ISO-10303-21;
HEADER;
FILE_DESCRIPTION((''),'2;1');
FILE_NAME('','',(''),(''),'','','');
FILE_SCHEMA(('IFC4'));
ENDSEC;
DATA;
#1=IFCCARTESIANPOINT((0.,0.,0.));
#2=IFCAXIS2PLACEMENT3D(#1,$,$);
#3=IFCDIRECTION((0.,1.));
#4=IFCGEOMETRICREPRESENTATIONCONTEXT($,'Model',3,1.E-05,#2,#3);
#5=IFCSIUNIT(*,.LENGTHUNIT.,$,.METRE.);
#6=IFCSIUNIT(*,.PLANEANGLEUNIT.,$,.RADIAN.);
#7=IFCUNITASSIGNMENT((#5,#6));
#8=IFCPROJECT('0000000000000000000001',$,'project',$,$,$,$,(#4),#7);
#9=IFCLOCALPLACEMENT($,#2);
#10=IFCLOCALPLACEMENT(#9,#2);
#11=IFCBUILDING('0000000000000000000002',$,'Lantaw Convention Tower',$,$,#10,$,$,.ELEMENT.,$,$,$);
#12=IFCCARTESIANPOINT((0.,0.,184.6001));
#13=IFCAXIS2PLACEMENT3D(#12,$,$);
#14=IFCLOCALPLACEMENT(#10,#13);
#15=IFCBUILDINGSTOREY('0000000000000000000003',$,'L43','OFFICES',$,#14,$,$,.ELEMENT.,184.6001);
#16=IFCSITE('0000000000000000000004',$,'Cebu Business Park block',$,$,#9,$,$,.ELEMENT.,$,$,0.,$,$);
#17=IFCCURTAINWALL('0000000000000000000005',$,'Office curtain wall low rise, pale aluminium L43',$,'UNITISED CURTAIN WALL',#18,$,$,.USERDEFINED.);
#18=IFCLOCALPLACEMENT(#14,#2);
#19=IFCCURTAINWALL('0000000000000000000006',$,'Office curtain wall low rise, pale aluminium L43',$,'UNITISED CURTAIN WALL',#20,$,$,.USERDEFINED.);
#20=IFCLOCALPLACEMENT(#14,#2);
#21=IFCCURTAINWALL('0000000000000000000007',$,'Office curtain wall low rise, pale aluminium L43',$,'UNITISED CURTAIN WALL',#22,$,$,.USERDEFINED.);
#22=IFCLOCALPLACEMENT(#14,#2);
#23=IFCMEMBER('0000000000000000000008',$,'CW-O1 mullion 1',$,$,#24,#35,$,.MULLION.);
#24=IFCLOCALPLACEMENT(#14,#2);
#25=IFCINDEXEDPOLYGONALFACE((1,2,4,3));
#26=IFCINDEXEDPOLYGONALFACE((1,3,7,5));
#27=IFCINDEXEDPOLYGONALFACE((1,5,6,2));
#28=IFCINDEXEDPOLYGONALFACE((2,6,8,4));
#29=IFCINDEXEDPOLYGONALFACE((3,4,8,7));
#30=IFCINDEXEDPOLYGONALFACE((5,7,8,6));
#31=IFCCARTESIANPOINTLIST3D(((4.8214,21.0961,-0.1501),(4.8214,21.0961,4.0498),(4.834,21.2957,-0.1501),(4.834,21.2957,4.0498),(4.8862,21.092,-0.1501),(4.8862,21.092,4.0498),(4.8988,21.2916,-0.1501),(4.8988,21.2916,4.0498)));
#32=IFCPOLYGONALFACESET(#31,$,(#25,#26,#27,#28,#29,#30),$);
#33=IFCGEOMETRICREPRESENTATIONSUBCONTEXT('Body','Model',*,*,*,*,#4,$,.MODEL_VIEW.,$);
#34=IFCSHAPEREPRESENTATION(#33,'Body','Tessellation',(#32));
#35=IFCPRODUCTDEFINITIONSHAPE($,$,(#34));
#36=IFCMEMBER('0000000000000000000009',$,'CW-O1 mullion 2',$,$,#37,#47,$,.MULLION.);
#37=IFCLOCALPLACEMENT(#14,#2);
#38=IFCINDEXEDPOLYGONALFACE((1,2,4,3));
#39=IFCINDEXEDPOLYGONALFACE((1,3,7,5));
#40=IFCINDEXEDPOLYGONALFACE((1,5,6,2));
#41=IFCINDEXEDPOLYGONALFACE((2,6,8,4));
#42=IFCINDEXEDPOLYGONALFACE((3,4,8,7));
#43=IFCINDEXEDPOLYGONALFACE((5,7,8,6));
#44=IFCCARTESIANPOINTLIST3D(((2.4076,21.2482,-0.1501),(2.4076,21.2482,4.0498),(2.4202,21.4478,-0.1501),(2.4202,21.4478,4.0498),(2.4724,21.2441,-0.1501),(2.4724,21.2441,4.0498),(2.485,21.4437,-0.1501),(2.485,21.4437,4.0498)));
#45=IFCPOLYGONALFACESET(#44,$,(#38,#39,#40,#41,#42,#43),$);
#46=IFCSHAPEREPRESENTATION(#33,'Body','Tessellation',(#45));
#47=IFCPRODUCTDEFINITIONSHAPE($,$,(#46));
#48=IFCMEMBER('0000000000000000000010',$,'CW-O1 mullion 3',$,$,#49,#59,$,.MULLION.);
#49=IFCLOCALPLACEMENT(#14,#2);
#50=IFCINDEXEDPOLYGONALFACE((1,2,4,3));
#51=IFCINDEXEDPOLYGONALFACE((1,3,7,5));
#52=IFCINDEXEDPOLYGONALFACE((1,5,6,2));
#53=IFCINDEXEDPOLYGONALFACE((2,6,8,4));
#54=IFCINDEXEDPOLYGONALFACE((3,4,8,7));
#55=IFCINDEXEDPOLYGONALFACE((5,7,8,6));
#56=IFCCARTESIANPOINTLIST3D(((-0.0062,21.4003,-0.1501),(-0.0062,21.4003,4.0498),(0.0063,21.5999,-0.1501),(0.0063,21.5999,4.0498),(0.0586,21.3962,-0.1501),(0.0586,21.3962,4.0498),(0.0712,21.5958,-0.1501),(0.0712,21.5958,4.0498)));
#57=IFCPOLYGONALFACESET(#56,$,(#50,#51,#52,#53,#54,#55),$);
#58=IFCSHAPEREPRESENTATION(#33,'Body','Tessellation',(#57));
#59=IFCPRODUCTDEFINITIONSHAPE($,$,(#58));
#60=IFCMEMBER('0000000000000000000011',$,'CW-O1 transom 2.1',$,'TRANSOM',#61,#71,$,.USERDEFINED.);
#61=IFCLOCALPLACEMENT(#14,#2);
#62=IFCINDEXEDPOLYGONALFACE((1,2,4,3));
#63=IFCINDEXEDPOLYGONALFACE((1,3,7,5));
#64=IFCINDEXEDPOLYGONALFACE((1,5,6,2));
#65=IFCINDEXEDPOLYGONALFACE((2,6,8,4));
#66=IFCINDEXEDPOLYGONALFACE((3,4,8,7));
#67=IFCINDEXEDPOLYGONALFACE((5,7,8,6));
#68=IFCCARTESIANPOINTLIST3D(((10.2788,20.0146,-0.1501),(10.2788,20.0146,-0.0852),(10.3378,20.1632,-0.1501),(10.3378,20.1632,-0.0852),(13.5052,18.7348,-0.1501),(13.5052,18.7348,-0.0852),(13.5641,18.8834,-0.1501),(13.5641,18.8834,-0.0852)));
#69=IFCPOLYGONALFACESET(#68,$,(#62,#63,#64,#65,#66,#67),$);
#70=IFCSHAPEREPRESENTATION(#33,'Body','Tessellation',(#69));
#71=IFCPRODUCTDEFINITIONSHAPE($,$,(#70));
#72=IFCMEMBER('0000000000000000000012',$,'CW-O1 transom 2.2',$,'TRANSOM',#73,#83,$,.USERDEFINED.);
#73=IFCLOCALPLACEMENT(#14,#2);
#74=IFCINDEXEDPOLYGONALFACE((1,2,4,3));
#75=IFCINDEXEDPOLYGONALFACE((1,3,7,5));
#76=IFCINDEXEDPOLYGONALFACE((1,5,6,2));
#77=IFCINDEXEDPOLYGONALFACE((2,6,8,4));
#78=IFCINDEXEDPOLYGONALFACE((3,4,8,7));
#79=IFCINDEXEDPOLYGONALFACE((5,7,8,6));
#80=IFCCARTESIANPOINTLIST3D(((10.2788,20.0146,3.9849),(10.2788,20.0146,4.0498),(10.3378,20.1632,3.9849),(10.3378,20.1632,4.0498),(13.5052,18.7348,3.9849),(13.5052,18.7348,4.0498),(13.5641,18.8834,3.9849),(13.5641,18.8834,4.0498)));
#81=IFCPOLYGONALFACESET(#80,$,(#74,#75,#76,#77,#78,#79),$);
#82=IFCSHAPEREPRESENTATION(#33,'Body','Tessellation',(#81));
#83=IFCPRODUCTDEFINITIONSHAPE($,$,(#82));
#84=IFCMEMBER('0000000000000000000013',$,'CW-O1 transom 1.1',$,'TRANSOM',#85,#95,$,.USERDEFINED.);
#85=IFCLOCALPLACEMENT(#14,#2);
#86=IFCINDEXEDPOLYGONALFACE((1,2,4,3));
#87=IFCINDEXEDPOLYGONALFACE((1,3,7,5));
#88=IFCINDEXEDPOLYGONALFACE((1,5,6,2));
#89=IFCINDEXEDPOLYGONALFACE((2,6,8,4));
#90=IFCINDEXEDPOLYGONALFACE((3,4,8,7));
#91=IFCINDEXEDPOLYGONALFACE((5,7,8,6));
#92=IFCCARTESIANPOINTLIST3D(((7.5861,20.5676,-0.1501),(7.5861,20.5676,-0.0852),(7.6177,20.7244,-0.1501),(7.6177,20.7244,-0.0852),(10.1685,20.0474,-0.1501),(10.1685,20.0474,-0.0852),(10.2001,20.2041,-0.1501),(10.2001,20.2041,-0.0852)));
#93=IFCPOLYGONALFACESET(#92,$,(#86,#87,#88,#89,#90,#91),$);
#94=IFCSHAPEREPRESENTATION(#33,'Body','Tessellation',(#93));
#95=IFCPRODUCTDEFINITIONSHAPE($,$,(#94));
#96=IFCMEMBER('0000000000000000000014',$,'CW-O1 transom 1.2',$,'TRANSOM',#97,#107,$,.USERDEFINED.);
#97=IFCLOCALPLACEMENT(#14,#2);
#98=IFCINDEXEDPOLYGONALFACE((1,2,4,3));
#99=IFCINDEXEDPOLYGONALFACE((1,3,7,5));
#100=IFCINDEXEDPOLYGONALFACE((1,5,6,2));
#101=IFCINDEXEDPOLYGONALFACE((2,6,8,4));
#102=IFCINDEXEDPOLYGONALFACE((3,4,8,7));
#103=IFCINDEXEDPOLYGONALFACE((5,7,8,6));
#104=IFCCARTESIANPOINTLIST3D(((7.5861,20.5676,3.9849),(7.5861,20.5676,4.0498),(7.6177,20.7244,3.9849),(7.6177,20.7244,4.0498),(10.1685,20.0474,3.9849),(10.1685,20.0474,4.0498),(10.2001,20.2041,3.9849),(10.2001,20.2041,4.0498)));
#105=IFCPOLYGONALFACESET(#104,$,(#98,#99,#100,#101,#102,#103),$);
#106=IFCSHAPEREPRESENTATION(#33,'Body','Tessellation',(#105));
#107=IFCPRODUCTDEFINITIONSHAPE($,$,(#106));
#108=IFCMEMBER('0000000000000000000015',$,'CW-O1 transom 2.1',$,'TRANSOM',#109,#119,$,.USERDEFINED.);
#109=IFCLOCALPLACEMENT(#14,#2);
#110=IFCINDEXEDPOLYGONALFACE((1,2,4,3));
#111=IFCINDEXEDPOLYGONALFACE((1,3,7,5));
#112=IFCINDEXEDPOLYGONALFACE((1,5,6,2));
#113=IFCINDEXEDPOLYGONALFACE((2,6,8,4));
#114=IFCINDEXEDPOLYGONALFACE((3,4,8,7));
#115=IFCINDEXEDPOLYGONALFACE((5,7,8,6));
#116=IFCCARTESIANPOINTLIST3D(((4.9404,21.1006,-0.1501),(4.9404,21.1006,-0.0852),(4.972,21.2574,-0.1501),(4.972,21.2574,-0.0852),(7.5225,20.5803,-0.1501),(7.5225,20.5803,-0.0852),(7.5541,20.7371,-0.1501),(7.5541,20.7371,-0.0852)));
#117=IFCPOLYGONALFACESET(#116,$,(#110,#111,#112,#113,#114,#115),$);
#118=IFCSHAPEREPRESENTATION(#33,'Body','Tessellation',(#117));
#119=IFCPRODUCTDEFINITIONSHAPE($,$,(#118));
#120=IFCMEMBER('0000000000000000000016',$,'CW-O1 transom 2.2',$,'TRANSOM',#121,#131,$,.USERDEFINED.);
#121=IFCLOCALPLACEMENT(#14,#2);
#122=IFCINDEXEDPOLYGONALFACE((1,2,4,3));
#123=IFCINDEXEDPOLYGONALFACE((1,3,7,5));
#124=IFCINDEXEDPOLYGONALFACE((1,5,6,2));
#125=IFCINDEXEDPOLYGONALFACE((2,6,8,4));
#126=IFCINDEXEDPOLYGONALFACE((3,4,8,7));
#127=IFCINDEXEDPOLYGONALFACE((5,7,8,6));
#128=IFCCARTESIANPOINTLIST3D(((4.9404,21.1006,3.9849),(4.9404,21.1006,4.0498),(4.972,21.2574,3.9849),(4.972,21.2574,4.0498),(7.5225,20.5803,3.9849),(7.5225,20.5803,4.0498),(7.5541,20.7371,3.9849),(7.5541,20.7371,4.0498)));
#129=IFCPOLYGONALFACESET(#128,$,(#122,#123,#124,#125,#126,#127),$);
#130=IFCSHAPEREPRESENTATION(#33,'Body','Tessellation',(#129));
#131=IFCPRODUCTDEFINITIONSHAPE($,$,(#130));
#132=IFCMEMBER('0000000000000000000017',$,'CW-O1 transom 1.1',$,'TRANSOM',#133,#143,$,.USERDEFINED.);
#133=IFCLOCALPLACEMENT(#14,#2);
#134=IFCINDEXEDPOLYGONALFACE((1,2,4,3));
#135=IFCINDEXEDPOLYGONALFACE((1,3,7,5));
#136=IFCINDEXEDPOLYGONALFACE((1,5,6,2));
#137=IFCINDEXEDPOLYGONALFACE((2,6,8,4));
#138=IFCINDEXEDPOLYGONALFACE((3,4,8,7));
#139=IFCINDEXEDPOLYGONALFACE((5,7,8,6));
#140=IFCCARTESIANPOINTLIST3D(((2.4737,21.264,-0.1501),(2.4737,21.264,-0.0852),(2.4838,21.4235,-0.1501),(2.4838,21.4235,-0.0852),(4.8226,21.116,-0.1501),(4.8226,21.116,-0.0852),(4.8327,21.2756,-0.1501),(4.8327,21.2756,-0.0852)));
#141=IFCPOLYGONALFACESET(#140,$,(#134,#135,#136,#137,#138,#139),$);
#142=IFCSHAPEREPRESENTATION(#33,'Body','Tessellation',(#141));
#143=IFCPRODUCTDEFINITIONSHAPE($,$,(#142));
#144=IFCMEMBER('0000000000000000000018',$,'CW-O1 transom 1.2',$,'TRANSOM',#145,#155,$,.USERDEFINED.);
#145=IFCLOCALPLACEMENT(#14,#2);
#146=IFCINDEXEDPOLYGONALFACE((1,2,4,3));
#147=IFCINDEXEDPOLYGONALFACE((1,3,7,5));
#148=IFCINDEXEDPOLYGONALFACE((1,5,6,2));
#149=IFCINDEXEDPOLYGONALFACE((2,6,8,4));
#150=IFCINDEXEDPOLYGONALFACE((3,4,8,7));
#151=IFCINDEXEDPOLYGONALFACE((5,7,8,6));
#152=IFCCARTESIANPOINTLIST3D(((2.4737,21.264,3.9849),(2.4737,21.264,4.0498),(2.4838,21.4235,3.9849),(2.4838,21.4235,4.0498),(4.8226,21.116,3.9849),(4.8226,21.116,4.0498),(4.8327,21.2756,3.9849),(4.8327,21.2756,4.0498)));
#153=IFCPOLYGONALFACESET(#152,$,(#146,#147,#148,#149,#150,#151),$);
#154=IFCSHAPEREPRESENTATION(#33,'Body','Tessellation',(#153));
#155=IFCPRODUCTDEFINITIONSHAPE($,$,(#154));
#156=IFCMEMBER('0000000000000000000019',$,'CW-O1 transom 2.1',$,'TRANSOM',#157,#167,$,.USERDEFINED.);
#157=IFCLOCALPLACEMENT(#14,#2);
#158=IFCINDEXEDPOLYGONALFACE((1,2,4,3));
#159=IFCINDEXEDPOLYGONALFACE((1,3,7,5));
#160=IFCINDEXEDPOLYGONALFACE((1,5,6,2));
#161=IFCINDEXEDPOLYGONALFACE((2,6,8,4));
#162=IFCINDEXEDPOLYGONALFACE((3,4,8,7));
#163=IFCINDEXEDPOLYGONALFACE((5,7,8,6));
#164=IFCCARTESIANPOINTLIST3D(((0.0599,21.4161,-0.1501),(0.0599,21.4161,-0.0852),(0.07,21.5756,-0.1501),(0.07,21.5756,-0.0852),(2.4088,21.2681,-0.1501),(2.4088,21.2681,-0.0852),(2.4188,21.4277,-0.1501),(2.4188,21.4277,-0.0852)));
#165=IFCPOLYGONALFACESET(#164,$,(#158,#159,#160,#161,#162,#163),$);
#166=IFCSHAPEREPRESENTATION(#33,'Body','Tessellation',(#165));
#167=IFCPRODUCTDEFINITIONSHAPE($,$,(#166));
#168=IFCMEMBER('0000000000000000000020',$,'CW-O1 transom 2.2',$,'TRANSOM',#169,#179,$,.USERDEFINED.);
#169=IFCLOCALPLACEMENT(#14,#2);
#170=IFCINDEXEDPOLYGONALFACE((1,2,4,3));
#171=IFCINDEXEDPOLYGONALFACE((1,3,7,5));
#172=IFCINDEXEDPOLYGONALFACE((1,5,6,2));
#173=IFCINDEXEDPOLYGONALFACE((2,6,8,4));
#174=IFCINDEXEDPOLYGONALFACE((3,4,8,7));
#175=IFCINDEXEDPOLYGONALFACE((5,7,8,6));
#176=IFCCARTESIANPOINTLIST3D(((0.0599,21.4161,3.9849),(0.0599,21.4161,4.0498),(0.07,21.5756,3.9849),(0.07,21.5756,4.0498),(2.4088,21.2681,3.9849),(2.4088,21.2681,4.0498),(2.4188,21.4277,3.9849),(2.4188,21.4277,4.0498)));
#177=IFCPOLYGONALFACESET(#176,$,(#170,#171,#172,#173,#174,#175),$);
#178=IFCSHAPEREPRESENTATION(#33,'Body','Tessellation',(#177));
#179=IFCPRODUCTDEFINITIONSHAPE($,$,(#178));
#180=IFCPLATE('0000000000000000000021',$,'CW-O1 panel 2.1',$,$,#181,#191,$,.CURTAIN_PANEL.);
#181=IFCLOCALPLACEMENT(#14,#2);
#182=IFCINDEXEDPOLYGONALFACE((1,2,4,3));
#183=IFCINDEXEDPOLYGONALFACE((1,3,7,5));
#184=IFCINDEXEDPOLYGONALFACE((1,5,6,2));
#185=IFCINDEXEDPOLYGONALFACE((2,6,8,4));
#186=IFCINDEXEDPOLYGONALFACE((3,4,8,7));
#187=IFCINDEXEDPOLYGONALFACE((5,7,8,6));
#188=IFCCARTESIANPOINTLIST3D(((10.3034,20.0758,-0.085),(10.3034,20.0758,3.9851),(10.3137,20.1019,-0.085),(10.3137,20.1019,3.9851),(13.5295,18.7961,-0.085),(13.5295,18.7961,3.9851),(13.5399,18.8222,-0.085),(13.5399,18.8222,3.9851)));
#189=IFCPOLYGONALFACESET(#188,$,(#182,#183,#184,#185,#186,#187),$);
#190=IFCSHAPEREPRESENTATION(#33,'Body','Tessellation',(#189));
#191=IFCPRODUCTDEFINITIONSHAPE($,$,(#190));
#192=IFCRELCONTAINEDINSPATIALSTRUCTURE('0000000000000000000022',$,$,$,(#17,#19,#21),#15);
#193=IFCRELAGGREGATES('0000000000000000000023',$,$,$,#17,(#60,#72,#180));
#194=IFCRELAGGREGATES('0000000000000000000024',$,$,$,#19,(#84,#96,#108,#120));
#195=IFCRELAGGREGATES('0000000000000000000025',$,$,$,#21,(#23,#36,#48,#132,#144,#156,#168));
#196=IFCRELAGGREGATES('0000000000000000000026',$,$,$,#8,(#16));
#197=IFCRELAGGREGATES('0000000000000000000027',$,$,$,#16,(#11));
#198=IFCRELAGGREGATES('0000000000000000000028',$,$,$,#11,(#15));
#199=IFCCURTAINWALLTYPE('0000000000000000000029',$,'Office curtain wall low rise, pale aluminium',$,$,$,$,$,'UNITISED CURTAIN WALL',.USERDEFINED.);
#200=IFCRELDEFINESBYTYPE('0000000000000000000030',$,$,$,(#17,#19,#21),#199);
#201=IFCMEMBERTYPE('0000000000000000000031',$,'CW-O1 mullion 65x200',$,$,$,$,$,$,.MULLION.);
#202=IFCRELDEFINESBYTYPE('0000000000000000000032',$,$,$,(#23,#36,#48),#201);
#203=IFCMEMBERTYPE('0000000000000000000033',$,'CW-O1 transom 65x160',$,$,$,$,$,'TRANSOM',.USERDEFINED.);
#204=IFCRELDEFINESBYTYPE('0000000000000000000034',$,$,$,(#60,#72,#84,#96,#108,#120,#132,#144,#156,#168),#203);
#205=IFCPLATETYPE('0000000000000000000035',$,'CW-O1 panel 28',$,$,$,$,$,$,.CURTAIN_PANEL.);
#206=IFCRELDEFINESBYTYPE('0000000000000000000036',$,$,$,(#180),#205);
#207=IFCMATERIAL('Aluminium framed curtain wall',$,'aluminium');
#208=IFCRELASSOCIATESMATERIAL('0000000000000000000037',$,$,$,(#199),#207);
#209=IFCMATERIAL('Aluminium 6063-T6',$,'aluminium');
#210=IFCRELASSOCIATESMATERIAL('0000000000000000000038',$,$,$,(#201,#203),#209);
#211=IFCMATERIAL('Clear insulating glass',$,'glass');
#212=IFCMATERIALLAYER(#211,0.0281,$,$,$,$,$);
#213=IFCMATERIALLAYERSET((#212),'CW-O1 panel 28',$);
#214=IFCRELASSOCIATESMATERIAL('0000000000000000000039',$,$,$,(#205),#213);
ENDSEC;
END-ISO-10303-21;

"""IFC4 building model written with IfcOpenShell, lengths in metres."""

from ifc_helpers import new_model, si_unit, direction, frame, origin, origin_2d, place, context, subcontext, project, spatial, rectangle, extrude, material, layer, layer_set, material_profile, profile_set, type_object, element, aggregate, save


model = new_model("IFC4")

# Units and contexts
model_context = context("Model", 3, precision=1e-05, world=origin(), true_north=direction((0.0, 1.0)))
body_context = subcontext(model_context, "Body", "Model", "MODEL_VIEW")
ifc_project = project(units=[si_unit("LENGTHUNIT", "METRE"), si_unit("PLANEANGLEUNIT", "RADIAN")], contexts=[model_context])

# Site, building, storey
site_placement = place(None, origin())
site = spatial("IfcSite", under=ifc_project, at=site_placement, Name="Cebu Business Park block", CompositionType="ELEMENT", RefElevation=0.0)
building_placement = place(site_placement, origin())
building = spatial("IfcBuilding", under=site, at=building_placement, Name="Lantaw Convention Tower", CompositionType="ELEMENT")
storey_placement = place(building_placement, frame((0.0, 0.0, 184.6001)))
storey = spatial("IfcBuildingStorey", under=building, at=storey_placement, Name="L43", Description="OFFICES", CompositionType="ELEMENT", Elevation=184.6001)

# Curtain wall
ifc_material_1 = material(Name="Aluminium framed curtain wall", Category="aluminium")
curtain_wall_type = type_object("IfcCurtainWallType", Name="Office curtain wall low rise, pale aluminium", ElementType="UNITISED CURTAIN WALL", PredefinedType="USERDEFINED", material=ifc_material_1)
curtain_wall_1_placement = place(storey_placement, origin())
curtain_wall_1 = element("IfcCurtainWall", 1, at=curtain_wall_1_placement, inside=storey, type_object=curtain_wall_type, Name="Office curtain wall low rise, pale aluminium L43", ObjectType="UNITISED CURTAIN WALL", PredefinedType="USERDEFINED")
ifc_material_2 = material(Name="Aluminium 6063-T6", Category="aluminium")
ifc_material_profile_1 = material_profile(ifc_material_2, rectangle(XDim=0.2, YDim=0.0649, at=origin_2d()), Name="CW-O1 mullion 65x200")
ifc_profile_set_1 = profile_set([ifc_material_profile_1], Name="Aluminium 6063-T6")
member_type_1 = type_object("IfcMemberType", Name="CW-O1 mullion 65x200", PredefinedType="MULLION", material=ifc_profile_set_1)

# Curtain walls, members
curtain_wall_2_placement = place(storey_placement, origin())
curtain_wall_2 = element("IfcCurtainWall", 2, at=curtain_wall_2_placement, inside=storey, type_object=curtain_wall_type, Name="Office curtain wall low rise, pale aluminium L43", ObjectType="UNITISED CURTAIN WALL", PredefinedType="USERDEFINED")
curtain_wall_3_placement = place(storey_placement, origin())
curtain_wall_3 = element("IfcCurtainWall", 3, at=curtain_wall_3_placement, inside=storey, type_object=curtain_wall_type, Name="Office curtain wall low rise, pale aluminium L43", ObjectType="UNITISED CURTAIN WALL", PredefinedType="USERDEFINED")
member_1_placement = place(storey_placement, frame((4.8601, 21.1938, -0.1501), z_axis=(0.0, 0.0, 1.0), x_axis=(-0.062865, -0.998022, 0.0)))
member_1 = element("IfcMember", 4, at=member_1_placement, type_object=member_type_1, Name="CW-O1 mullion 1", PredefinedType="MULLION", context=body_context, shape_type="SweptSolid", body=[
    extrude(rectangle(XDim=0.2, YDim=0.0649, at=origin_2d()), origin(), (0.0, 0.0, 1.0), 4.2),
])
member_2_placement = place(storey_placement, frame((2.4463, 21.3459, -0.1501), z_axis=(0.0, 0.0, 1.0), x_axis=(-0.062865, -0.998022, 0.0)))
member_2 = element("IfcMember", 5, at=member_2_placement, type_object=member_type_1, Name="CW-O1 mullion 2", PredefinedType="MULLION", context=body_context, shape_type="SweptSolid", body=[
    extrude(rectangle(XDim=0.2, YDim=0.0649, at=origin_2d()), origin(), (0.0, 0.0, 1.0), 4.2),
])
member_3_placement = place(storey_placement, frame((0.0325, 21.498, -0.1501), z_axis=(0.0, 0.0, 1.0), x_axis=(-0.062865, -0.998022, 0.0)))
member_3 = element("IfcMember", 6, at=member_3_placement, type_object=member_type_1, Name="CW-O1 mullion 3", PredefinedType="MULLION", context=body_context, shape_type="SweptSolid", body=[
    extrude(rectangle(XDim=0.2, YDim=0.0649, at=origin_2d()), origin(), (0.0, 0.0, 1.0), 4.2),
])

# Members
ifc_material_profile_2 = material_profile(ifc_material_2, rectangle(XDim=0.1599, YDim=0.0649, at=origin_2d()), Name="CW-O1 transom 65x160")
ifc_profile_set_2 = profile_set([ifc_material_profile_2], Name="Aluminium 6063-T6")
member_type_2 = type_object("IfcMemberType", Name="CW-O1 transom 65x160", ElementType="TRANSOM", PredefinedType="USERDEFINED", material=ifc_profile_set_2)
member_4_placement = place(storey_placement, frame((13.5347, 18.8091, -0.1177), z_axis=(-0.92954, 0.368721, 0.0), x_axis=(-0.368721, -0.92954, 0.0)))
member_4 = element("IfcMember", 7, at=member_4_placement, type_object=member_type_2, Name="CW-O1 transom 2.1", ObjectType="TRANSOM", PredefinedType="USERDEFINED", context=body_context, shape_type="SweptSolid", body=[
    extrude(rectangle(XDim=0.1599, YDim=0.0649, at=origin_2d()), origin(), (0.0, 0.0, 1.0), 3.4709),
])
member_5_placement = place(storey_placement, frame((13.5347, 18.8091, 4.0173), z_axis=(-0.92954, 0.368721, 0.0), x_axis=(-0.368721, -0.92954, 0.0)))
member_5 = element("IfcMember", 8, at=member_5_placement, type_object=member_type_2, Name="CW-O1 transom 2.2", ObjectType="TRANSOM", PredefinedType="USERDEFINED", context=body_context, shape_type="SweptSolid", body=[
    extrude(rectangle(XDim=0.1599, YDim=0.0649, at=origin_2d()), origin(), (0.0, 0.0, 1.0), 3.4709),
])
member_6_placement = place(storey_placement, frame((10.1843, 20.1257, -0.1177), z_axis=(-0.980302, 0.197506, 0.0), x_axis=(-0.197506, -0.980302, 0.0)))
member_6 = element("IfcMember", 9, at=member_6_placement, type_object=member_type_2, Name="CW-O1 transom 1.1", ObjectType="TRANSOM", PredefinedType="USERDEFINED", context=body_context, shape_type="SweptSolid", body=[
    extrude(rectangle(XDim=0.1599, YDim=0.0649, at=origin_2d()), origin(), (0.0, 0.0, 1.0), 2.6343),
])
member_7_placement = place(storey_placement, frame((10.1843, 20.1257, 4.0173), z_axis=(-0.980302, 0.197506, 0.0), x_axis=(-0.197506, -0.980302, 0.0)))
member_7 = element("IfcMember", 10, at=member_7_placement, type_object=member_type_2, Name="CW-O1 transom 1.2", ObjectType="TRANSOM", PredefinedType="USERDEFINED", context=body_context, shape_type="SweptSolid", body=[
    extrude(rectangle(XDim=0.1599, YDim=0.0649, at=origin_2d()), origin(), (0.0, 0.0, 1.0), 2.6343),
])
member_8_placement = place(storey_placement, frame((7.5383, 20.6587, -0.1177), z_axis=(-0.980298, 0.197524, 0.0), x_axis=(-0.197524, -0.980298, 0.0)))
member_8 = element("IfcMember", 11, at=member_8_placement, type_object=member_type_2, Name="CW-O1 transom 2.1", ObjectType="TRANSOM", PredefinedType="USERDEFINED", context=body_context, shape_type="SweptSolid", body=[
    extrude(rectangle(XDim=0.1599, YDim=0.0649, at=origin_2d()), origin(), (0.0, 0.0, 1.0), 2.634),
])
member_9_placement = place(storey_placement, frame((7.5383, 20.6587, 4.0173), z_axis=(-0.980298, 0.197524, 0.0), x_axis=(-0.197524, -0.980298, 0.0)))
member_9 = element("IfcMember", 12, at=member_9_placement, type_object=member_type_2, Name="CW-O1 transom 2.2", ObjectType="TRANSOM", PredefinedType="USERDEFINED", context=body_context, shape_type="SweptSolid", body=[
    extrude(rectangle(XDim=0.1599, YDim=0.0649, at=origin_2d()), origin(), (0.0, 0.0, 1.0), 2.634),
])
member_10_placement = place(storey_placement, frame((4.8276, 21.1958, -0.1177), z_axis=(-0.998022, 0.062863, 0.0), x_axis=(-0.062863, -0.998022, 0.0)))
member_10 = element("IfcMember", 13, at=member_10_placement, type_object=member_type_2, Name="CW-O1 transom 1.1", ObjectType="TRANSOM", PredefinedType="USERDEFINED", context=body_context, shape_type="SweptSolid", body=[
    extrude(rectangle(XDim=0.1599, YDim=0.0649, at=origin_2d()), origin(), (0.0, 0.0, 1.0), 2.3535),
])
member_11_placement = place(storey_placement, frame((4.8276, 21.1958, 4.0173), z_axis=(-0.998022, 0.062863, 0.0), x_axis=(-0.062863, -0.998022, 0.0)))
member_11 = element("IfcMember", 14, at=member_11_placement, type_object=member_type_2, Name="CW-O1 transom 1.2", ObjectType="TRANSOM", PredefinedType="USERDEFINED", context=body_context, shape_type="SweptSolid", body=[
    extrude(rectangle(XDim=0.1599, YDim=0.0649, at=origin_2d()), origin(), (0.0, 0.0, 1.0), 2.3535),
])
member_12_placement = place(storey_placement, frame((2.4138, 21.3479, -0.1177), z_axis=(-0.998022, 0.062863, 0.0), x_axis=(-0.062863, -0.998022, 0.0)))
member_12 = element("IfcMember", 15, at=member_12_placement, type_object=member_type_2, Name="CW-O1 transom 2.1", ObjectType="TRANSOM", PredefinedType="USERDEFINED", context=body_context, shape_type="SweptSolid", body=[
    extrude(rectangle(XDim=0.1599, YDim=0.0649, at=origin_2d()), origin(), (0.0, 0.0, 1.0), 2.3535),
])
member_13_placement = place(storey_placement, frame((2.4138, 21.3479, 4.0173), z_axis=(-0.998022, 0.062863, 0.0), x_axis=(-0.062863, -0.998022, 0.0)))
member_13 = element("IfcMember", 16, at=member_13_placement, type_object=member_type_2, Name="CW-O1 transom 2.2", ObjectType="TRANSOM", PredefinedType="USERDEFINED", context=body_context, shape_type="SweptSolid", body=[
    extrude(rectangle(XDim=0.1599, YDim=0.0649, at=origin_2d()), origin(), (0.0, 0.0, 1.0), 2.3535),
])

# Plate
ifc_material_3 = material(Name="Clear insulating glass", Category="glass")
ifc_layer_1 = layer(ifc_material_3, 0.0281)
ifc_layer_set_1 = layer_set([ifc_layer_1], Name="CW-O1 panel 28")
plate_type_1 = type_object("IfcPlateType", Name="CW-O1 panel 28", PredefinedType="CURTAIN_PANEL", material=ifc_layer_set_1)
plate_1_placement = place(storey_placement, frame((11.9216, 19.449, -0.085), z_axis=(0.0, 0.0, 1.0), x_axis=(-0.929548, 0.368702, 0.0)))
plate_1 = element("IfcPlate", 17, at=plate_1_placement, type_object=plate_type_1, Name="CW-O1 panel 2.1", PredefinedType="CURTAIN_PANEL", context=body_context, shape_type="SweptSolid", body=[
    extrude(rectangle(XDim=3.4707, YDim=0.0281, at=origin_2d()), origin(), (0.0, 0.0, 1.0), 4.0701),
])
aggregate(curtain_wall_1, [member_4, member_5, plate_1])
aggregate(curtain_wall_2, [member_6, member_7, member_8, member_9])
aggregate(curtain_wall_3, [member_1, member_2, member_3, member_10, member_11, member_12, member_13])

save(model, "model.ifc")
